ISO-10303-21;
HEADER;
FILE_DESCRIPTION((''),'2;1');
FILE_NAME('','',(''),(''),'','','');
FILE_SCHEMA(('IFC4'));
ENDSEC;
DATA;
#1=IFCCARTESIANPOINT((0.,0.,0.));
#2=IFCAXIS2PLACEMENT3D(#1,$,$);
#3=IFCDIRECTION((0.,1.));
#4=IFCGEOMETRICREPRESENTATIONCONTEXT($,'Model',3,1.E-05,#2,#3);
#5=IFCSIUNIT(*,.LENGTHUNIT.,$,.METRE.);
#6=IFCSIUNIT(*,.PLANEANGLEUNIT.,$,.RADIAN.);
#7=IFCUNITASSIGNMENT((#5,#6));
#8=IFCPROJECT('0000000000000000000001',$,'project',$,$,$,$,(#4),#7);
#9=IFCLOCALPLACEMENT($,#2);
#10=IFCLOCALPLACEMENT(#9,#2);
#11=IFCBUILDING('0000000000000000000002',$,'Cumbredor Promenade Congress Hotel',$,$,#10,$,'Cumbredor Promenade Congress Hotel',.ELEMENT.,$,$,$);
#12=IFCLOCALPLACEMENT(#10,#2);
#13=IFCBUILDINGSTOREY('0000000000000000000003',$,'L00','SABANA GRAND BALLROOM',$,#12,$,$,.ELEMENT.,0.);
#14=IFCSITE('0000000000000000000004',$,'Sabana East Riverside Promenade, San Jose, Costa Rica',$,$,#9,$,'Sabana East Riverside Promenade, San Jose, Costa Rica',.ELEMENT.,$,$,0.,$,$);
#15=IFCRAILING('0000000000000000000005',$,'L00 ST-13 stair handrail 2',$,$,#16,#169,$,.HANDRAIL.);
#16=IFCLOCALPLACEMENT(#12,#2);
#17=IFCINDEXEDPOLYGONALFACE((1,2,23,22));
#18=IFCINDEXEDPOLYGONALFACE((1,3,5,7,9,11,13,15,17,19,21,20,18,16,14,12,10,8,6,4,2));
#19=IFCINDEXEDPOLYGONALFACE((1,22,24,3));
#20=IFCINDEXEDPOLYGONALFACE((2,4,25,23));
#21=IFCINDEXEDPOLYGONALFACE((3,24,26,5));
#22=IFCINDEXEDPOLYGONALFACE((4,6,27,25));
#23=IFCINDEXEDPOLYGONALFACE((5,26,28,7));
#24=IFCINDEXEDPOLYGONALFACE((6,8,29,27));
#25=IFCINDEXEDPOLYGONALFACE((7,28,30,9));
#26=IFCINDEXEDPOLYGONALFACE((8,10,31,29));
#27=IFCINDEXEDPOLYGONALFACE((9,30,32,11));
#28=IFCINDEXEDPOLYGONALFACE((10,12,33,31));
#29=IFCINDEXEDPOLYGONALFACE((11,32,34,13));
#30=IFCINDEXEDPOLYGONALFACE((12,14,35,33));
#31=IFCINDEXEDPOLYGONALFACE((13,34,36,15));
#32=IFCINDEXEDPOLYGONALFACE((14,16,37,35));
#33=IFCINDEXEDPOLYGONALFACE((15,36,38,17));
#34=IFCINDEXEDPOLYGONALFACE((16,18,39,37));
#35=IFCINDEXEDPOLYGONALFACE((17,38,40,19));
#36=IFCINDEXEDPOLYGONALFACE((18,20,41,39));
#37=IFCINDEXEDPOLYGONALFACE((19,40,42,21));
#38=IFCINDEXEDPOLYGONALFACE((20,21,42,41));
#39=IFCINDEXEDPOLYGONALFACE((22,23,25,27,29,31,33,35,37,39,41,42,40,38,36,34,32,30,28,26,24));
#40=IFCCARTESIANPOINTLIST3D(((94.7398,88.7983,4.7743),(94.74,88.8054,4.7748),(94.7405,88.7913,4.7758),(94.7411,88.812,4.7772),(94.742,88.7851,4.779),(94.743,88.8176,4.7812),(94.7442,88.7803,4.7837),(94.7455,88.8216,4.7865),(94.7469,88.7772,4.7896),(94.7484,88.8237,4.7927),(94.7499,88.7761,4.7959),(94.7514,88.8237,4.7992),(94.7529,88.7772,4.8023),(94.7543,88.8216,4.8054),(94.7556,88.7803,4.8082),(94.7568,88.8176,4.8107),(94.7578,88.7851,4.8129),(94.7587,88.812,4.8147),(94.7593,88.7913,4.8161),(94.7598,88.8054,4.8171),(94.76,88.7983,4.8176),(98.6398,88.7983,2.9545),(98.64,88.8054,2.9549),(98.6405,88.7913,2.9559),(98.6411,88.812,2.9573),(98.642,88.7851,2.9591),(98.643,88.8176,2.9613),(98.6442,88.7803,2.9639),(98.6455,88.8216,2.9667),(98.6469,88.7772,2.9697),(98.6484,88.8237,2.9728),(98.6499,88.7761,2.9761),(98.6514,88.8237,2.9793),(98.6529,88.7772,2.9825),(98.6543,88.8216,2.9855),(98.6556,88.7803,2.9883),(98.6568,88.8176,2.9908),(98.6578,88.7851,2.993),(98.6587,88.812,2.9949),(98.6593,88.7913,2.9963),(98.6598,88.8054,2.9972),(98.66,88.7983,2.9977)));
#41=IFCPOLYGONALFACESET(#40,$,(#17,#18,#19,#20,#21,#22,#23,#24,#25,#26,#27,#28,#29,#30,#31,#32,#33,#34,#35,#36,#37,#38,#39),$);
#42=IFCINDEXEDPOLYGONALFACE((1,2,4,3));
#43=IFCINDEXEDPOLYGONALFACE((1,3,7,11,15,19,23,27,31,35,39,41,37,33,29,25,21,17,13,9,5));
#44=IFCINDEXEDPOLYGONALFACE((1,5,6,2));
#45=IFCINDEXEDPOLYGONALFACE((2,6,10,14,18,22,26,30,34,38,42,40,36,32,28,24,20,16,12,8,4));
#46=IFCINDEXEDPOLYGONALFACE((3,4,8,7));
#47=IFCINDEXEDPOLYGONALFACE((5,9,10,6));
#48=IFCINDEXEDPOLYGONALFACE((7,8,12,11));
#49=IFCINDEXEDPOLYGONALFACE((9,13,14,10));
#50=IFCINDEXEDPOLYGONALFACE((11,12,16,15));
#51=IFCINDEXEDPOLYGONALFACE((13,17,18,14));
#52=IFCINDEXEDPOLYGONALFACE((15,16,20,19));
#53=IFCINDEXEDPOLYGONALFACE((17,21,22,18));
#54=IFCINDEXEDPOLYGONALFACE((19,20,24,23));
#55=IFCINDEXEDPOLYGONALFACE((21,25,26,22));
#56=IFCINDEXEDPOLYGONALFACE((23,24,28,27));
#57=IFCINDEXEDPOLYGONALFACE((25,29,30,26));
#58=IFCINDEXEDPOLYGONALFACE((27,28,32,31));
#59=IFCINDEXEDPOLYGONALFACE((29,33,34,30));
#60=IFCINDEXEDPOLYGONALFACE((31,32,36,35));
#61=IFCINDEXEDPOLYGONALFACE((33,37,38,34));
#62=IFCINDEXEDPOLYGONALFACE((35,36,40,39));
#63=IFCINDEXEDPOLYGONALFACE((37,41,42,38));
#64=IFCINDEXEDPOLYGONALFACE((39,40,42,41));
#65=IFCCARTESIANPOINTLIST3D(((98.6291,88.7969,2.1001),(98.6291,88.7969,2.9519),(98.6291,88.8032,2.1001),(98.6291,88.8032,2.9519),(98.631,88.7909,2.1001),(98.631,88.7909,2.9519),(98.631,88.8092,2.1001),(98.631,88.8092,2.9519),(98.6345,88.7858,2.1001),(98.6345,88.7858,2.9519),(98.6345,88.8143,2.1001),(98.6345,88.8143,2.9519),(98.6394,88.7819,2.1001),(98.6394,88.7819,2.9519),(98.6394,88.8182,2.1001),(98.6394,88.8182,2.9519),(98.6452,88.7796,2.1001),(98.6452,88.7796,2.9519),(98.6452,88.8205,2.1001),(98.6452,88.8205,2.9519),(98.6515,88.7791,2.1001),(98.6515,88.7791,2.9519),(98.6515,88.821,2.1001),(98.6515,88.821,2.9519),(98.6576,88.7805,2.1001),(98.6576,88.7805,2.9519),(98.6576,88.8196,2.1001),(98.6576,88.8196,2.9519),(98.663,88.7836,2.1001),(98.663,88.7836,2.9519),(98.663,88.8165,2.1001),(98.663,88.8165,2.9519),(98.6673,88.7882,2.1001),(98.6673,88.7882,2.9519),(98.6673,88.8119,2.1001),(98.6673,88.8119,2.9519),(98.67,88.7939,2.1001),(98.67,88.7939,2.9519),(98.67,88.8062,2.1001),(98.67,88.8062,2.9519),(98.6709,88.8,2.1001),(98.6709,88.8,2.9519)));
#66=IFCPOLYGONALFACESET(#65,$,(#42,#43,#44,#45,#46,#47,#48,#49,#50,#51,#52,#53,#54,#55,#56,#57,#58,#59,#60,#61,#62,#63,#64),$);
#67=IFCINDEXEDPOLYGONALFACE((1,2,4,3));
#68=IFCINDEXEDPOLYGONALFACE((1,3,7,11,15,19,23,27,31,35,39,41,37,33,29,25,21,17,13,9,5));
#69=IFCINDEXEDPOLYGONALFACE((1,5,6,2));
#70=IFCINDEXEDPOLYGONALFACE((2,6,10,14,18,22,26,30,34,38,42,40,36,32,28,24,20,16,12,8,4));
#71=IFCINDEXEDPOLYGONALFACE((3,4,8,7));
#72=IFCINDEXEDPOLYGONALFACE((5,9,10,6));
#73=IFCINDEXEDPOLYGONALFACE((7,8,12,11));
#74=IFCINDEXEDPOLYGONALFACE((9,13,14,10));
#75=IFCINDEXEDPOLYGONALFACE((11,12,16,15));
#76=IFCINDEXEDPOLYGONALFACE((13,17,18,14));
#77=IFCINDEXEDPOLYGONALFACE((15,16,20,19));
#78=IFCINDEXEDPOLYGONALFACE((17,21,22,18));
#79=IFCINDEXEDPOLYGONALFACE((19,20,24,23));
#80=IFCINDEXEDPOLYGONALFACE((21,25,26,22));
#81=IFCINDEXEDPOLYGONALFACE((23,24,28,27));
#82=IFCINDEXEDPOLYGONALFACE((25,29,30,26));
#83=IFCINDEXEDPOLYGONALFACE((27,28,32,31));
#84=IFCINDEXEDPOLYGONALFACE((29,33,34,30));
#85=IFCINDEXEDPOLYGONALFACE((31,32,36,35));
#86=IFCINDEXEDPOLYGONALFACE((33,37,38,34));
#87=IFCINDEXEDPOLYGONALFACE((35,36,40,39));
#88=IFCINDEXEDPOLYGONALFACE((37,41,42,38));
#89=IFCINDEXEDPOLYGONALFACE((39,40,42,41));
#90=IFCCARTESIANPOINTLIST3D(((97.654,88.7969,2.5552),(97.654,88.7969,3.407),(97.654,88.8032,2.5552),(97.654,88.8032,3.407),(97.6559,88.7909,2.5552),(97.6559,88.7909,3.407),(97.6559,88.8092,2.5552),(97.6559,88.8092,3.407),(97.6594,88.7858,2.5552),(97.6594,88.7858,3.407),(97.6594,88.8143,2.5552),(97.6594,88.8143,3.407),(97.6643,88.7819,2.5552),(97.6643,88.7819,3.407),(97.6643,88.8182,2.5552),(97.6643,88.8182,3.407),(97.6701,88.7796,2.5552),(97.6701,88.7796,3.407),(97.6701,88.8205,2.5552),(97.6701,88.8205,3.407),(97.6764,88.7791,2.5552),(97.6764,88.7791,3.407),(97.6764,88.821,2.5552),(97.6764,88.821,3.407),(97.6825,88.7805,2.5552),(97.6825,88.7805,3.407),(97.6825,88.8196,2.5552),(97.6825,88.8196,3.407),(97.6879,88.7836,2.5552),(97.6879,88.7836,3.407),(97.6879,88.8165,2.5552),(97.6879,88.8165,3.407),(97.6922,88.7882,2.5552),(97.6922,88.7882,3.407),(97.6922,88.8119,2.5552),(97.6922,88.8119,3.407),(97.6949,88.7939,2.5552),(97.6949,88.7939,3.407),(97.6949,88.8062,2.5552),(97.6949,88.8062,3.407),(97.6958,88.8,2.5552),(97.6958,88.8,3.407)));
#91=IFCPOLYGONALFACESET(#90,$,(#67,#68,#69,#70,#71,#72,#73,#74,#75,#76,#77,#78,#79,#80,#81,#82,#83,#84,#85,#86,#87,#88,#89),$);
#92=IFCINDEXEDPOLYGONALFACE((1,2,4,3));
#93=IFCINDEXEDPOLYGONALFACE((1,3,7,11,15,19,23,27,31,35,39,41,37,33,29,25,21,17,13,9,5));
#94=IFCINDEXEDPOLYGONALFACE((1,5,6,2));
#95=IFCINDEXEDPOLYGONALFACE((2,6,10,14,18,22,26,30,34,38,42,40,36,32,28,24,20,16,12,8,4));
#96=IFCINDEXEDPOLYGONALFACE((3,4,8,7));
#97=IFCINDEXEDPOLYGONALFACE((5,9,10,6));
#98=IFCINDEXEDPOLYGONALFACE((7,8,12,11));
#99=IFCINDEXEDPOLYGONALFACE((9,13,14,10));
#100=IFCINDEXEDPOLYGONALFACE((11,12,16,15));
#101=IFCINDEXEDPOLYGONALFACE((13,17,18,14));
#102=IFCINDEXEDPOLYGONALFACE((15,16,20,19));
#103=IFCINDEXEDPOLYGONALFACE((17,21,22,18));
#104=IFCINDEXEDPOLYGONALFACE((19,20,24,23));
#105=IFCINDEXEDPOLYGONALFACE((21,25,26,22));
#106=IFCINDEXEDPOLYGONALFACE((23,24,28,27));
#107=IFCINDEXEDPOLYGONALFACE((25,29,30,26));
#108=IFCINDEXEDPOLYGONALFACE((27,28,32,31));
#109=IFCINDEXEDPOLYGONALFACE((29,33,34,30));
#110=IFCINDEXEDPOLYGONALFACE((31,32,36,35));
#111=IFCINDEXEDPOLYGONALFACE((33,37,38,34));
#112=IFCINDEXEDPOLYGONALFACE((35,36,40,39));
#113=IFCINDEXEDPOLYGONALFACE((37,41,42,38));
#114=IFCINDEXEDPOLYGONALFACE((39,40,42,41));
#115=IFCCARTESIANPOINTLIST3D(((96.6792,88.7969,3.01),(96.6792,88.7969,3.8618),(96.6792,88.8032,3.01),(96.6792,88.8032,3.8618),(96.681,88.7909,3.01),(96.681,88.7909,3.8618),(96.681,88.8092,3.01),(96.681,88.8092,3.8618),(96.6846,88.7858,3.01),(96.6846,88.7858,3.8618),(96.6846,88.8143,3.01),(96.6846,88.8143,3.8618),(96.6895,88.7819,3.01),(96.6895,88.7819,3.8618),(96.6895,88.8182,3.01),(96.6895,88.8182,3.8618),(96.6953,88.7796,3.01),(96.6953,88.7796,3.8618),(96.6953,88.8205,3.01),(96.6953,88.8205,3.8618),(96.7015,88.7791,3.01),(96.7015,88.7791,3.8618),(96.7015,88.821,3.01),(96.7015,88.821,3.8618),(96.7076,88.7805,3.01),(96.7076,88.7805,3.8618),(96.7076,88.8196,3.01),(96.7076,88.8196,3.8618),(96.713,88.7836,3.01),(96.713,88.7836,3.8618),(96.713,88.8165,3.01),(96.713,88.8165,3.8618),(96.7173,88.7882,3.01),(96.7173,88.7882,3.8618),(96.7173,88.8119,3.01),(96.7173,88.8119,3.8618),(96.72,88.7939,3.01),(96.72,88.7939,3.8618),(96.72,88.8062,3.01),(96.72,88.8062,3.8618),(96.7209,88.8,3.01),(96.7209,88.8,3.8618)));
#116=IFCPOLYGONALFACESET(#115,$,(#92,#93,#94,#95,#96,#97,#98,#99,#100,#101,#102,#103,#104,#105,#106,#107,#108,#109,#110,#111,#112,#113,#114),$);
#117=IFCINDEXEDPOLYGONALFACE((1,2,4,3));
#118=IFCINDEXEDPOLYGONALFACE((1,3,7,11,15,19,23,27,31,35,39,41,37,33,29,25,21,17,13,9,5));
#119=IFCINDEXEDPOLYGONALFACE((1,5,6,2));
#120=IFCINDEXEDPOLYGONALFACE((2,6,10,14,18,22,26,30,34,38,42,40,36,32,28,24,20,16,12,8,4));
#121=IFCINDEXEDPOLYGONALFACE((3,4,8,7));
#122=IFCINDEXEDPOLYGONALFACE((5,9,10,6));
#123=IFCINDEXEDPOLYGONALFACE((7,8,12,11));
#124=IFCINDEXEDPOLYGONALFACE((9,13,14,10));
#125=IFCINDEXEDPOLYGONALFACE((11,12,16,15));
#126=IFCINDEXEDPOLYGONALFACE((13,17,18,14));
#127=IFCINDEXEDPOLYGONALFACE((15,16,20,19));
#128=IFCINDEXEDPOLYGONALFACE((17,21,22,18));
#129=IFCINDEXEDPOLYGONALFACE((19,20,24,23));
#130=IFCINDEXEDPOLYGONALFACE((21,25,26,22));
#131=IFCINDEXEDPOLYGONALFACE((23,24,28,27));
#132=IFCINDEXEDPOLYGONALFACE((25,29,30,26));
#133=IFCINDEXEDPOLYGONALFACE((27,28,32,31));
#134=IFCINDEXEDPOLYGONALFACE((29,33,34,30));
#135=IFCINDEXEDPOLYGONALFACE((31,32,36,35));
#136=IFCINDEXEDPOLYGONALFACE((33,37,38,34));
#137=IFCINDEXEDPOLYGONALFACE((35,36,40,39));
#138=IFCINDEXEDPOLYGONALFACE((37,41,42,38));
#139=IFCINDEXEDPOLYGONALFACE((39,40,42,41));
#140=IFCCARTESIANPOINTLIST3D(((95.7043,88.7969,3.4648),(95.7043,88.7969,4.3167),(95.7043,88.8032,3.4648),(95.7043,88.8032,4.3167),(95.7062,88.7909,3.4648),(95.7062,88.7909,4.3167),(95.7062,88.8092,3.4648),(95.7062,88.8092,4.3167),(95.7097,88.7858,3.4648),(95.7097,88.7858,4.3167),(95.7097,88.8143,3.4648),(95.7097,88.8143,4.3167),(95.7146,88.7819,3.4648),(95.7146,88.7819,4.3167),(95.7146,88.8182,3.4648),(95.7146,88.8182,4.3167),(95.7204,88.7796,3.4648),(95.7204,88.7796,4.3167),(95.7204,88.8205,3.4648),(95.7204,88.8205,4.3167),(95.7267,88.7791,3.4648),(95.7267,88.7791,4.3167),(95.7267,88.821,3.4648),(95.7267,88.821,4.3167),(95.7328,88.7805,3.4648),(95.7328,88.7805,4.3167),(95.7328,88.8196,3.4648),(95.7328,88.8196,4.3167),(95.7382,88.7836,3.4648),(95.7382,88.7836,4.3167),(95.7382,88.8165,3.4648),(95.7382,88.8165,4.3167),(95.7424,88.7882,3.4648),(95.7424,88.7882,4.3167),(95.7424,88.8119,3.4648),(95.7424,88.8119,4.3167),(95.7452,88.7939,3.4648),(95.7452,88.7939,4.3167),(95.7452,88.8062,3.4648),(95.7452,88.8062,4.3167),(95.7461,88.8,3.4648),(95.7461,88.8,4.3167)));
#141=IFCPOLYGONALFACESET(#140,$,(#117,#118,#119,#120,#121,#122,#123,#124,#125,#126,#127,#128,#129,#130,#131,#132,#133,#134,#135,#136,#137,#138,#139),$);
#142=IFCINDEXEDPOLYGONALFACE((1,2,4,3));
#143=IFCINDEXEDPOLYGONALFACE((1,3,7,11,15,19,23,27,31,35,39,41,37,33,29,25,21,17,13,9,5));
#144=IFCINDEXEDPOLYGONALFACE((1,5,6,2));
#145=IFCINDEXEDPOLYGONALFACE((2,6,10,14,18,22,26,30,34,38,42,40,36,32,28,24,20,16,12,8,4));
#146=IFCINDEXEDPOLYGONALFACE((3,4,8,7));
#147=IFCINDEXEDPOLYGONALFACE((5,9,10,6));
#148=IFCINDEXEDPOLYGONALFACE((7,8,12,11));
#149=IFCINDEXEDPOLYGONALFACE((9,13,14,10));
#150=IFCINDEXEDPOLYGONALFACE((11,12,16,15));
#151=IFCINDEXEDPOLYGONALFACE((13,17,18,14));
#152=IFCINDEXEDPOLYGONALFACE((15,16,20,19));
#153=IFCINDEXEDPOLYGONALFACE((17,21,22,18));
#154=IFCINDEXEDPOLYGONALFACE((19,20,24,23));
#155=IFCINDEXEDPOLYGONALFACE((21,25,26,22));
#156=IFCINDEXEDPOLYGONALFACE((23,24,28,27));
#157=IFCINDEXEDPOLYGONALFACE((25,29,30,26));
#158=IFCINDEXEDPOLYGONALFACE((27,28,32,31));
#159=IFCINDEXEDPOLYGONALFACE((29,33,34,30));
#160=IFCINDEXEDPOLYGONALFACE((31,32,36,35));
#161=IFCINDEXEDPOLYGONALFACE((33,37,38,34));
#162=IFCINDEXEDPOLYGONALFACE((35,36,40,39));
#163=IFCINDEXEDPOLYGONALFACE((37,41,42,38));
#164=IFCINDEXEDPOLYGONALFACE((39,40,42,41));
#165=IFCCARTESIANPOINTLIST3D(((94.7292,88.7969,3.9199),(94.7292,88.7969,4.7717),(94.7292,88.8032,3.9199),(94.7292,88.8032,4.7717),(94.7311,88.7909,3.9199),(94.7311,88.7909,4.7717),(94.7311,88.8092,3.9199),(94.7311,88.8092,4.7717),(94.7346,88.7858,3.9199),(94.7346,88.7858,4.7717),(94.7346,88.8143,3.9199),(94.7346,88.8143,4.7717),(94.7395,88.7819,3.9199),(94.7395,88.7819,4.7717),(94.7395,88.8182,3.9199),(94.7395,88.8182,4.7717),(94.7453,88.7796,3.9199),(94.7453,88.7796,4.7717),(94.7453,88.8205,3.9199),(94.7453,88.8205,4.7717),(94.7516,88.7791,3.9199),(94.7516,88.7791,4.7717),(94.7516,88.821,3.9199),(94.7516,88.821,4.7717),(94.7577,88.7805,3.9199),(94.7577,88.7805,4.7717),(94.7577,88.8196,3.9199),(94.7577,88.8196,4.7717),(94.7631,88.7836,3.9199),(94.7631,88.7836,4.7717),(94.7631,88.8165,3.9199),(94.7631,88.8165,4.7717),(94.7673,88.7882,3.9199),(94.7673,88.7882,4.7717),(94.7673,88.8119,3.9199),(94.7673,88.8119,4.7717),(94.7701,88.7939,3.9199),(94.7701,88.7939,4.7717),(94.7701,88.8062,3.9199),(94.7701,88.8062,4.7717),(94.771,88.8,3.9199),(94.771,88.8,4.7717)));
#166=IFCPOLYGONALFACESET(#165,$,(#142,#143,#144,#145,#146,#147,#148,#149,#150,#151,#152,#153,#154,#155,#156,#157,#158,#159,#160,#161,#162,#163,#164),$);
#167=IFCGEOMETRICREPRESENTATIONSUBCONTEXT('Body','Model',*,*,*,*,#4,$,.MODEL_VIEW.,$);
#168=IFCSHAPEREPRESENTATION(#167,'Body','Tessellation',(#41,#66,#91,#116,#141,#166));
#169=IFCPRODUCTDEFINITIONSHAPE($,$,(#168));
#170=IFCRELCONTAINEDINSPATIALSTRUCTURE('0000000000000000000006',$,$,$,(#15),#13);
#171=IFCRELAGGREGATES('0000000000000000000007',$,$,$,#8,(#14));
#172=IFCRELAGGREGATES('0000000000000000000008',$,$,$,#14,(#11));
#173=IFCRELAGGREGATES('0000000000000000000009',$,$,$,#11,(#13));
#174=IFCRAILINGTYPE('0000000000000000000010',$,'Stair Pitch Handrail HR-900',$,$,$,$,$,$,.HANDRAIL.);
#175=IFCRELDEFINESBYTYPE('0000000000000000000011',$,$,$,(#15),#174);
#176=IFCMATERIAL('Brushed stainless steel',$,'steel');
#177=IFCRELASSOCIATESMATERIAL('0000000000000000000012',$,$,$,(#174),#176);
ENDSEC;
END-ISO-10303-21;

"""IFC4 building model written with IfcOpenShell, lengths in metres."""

from ifc_helpers import new_model, si_unit, direction, frame, origin, origin_2d, place, context, subcontext, project, spatial, circle, extrude, material, type_object, element, save


model = new_model("IFC4")

# Units and contexts
model_context = context("Model", 3, precision=1e-05, world=origin(), true_north=direction((0.0, 1.0)))
body_context = subcontext(model_context, "Body", "Model", "MODEL_VIEW")
ifc_project = project(units=[si_unit("LENGTHUNIT", "METRE"), si_unit("PLANEANGLEUNIT", "RADIAN")], contexts=[model_context])

# Site, building, storey
site_placement = place(None, origin())
site = spatial("IfcSite", under=ifc_project, at=site_placement, Name="Sabana East Riverside Promenade, San Jose, Costa Rica", LongName="Sabana East Riverside Promenade, San Jose, Costa Rica", CompositionType="ELEMENT", RefElevation=0.0)
building_placement = place(site_placement, origin())
building = spatial("IfcBuilding", under=site, at=building_placement, Name="Cumbredor Promenade Congress Hotel", LongName="Cumbredor Promenade Congress Hotel", CompositionType="ELEMENT")
storey_placement = place(building_placement, origin())
storey = spatial("IfcBuildingStorey", under=building, at=storey_placement, Name="L00", Description="SABANA GRAND BALLROOM", CompositionType="ELEMENT", Elevation=0.0)

# Shared definitions
ifc_material_1 = material(Name="Brushed stainless steel", Category="steel")

# Railing
railing_type_1 = type_object("IfcRailingType", Name="Stair Pitch Handrail HR-900", PredefinedType="HANDRAIL", material=ifc_material_1)
railing_1_placement = place(storey_placement, frame((98.6499, 88.8, 2.1001)))
element("IfcRailing", 1, at=railing_1_placement, inside=storey, type_object=railing_type_1, Name="L00 ST-13 stair handrail 2", PredefinedType="HANDRAIL", context=body_context, shape_type="SweptSolid", body=[
    extrude(circle(Radius=0.0239, at=origin_2d()), frame((0.0, 0.0, 0.876), z_axis=(-0.906195, 0.0, 0.422861), x_axis=(0.0, -1.0, 0.0)), (0.0, 0.0, 1.0), 4.3037),
    extrude(circle(Radius=0.021, at=origin_2d()), origin(), (0.0, 0.0, 1.0), 0.8518),
    extrude(circle(Radius=0.021, at=origin_2d()), frame((-0.9751, 0.0, 0.4551)), (0.0, 0.0, 1.0), 0.8518),
    extrude(circle(Radius=0.021, at=origin_2d()), frame((-1.95, 0.0, 0.9099)), (0.0, 0.0, 1.0), 0.8518),
    extrude(circle(Radius=0.021, at=origin_2d()), frame((-2.9248, 0.0, 1.3647)), (0.0, 0.0, 1.0), 0.8518),
    extrude(circle(Radius=0.021, at=origin_2d()), frame((-3.8999, 0.0, 1.8198)), (0.0, 0.0, 1.0), 0.8518),
])

save(model, "model.ifc")
